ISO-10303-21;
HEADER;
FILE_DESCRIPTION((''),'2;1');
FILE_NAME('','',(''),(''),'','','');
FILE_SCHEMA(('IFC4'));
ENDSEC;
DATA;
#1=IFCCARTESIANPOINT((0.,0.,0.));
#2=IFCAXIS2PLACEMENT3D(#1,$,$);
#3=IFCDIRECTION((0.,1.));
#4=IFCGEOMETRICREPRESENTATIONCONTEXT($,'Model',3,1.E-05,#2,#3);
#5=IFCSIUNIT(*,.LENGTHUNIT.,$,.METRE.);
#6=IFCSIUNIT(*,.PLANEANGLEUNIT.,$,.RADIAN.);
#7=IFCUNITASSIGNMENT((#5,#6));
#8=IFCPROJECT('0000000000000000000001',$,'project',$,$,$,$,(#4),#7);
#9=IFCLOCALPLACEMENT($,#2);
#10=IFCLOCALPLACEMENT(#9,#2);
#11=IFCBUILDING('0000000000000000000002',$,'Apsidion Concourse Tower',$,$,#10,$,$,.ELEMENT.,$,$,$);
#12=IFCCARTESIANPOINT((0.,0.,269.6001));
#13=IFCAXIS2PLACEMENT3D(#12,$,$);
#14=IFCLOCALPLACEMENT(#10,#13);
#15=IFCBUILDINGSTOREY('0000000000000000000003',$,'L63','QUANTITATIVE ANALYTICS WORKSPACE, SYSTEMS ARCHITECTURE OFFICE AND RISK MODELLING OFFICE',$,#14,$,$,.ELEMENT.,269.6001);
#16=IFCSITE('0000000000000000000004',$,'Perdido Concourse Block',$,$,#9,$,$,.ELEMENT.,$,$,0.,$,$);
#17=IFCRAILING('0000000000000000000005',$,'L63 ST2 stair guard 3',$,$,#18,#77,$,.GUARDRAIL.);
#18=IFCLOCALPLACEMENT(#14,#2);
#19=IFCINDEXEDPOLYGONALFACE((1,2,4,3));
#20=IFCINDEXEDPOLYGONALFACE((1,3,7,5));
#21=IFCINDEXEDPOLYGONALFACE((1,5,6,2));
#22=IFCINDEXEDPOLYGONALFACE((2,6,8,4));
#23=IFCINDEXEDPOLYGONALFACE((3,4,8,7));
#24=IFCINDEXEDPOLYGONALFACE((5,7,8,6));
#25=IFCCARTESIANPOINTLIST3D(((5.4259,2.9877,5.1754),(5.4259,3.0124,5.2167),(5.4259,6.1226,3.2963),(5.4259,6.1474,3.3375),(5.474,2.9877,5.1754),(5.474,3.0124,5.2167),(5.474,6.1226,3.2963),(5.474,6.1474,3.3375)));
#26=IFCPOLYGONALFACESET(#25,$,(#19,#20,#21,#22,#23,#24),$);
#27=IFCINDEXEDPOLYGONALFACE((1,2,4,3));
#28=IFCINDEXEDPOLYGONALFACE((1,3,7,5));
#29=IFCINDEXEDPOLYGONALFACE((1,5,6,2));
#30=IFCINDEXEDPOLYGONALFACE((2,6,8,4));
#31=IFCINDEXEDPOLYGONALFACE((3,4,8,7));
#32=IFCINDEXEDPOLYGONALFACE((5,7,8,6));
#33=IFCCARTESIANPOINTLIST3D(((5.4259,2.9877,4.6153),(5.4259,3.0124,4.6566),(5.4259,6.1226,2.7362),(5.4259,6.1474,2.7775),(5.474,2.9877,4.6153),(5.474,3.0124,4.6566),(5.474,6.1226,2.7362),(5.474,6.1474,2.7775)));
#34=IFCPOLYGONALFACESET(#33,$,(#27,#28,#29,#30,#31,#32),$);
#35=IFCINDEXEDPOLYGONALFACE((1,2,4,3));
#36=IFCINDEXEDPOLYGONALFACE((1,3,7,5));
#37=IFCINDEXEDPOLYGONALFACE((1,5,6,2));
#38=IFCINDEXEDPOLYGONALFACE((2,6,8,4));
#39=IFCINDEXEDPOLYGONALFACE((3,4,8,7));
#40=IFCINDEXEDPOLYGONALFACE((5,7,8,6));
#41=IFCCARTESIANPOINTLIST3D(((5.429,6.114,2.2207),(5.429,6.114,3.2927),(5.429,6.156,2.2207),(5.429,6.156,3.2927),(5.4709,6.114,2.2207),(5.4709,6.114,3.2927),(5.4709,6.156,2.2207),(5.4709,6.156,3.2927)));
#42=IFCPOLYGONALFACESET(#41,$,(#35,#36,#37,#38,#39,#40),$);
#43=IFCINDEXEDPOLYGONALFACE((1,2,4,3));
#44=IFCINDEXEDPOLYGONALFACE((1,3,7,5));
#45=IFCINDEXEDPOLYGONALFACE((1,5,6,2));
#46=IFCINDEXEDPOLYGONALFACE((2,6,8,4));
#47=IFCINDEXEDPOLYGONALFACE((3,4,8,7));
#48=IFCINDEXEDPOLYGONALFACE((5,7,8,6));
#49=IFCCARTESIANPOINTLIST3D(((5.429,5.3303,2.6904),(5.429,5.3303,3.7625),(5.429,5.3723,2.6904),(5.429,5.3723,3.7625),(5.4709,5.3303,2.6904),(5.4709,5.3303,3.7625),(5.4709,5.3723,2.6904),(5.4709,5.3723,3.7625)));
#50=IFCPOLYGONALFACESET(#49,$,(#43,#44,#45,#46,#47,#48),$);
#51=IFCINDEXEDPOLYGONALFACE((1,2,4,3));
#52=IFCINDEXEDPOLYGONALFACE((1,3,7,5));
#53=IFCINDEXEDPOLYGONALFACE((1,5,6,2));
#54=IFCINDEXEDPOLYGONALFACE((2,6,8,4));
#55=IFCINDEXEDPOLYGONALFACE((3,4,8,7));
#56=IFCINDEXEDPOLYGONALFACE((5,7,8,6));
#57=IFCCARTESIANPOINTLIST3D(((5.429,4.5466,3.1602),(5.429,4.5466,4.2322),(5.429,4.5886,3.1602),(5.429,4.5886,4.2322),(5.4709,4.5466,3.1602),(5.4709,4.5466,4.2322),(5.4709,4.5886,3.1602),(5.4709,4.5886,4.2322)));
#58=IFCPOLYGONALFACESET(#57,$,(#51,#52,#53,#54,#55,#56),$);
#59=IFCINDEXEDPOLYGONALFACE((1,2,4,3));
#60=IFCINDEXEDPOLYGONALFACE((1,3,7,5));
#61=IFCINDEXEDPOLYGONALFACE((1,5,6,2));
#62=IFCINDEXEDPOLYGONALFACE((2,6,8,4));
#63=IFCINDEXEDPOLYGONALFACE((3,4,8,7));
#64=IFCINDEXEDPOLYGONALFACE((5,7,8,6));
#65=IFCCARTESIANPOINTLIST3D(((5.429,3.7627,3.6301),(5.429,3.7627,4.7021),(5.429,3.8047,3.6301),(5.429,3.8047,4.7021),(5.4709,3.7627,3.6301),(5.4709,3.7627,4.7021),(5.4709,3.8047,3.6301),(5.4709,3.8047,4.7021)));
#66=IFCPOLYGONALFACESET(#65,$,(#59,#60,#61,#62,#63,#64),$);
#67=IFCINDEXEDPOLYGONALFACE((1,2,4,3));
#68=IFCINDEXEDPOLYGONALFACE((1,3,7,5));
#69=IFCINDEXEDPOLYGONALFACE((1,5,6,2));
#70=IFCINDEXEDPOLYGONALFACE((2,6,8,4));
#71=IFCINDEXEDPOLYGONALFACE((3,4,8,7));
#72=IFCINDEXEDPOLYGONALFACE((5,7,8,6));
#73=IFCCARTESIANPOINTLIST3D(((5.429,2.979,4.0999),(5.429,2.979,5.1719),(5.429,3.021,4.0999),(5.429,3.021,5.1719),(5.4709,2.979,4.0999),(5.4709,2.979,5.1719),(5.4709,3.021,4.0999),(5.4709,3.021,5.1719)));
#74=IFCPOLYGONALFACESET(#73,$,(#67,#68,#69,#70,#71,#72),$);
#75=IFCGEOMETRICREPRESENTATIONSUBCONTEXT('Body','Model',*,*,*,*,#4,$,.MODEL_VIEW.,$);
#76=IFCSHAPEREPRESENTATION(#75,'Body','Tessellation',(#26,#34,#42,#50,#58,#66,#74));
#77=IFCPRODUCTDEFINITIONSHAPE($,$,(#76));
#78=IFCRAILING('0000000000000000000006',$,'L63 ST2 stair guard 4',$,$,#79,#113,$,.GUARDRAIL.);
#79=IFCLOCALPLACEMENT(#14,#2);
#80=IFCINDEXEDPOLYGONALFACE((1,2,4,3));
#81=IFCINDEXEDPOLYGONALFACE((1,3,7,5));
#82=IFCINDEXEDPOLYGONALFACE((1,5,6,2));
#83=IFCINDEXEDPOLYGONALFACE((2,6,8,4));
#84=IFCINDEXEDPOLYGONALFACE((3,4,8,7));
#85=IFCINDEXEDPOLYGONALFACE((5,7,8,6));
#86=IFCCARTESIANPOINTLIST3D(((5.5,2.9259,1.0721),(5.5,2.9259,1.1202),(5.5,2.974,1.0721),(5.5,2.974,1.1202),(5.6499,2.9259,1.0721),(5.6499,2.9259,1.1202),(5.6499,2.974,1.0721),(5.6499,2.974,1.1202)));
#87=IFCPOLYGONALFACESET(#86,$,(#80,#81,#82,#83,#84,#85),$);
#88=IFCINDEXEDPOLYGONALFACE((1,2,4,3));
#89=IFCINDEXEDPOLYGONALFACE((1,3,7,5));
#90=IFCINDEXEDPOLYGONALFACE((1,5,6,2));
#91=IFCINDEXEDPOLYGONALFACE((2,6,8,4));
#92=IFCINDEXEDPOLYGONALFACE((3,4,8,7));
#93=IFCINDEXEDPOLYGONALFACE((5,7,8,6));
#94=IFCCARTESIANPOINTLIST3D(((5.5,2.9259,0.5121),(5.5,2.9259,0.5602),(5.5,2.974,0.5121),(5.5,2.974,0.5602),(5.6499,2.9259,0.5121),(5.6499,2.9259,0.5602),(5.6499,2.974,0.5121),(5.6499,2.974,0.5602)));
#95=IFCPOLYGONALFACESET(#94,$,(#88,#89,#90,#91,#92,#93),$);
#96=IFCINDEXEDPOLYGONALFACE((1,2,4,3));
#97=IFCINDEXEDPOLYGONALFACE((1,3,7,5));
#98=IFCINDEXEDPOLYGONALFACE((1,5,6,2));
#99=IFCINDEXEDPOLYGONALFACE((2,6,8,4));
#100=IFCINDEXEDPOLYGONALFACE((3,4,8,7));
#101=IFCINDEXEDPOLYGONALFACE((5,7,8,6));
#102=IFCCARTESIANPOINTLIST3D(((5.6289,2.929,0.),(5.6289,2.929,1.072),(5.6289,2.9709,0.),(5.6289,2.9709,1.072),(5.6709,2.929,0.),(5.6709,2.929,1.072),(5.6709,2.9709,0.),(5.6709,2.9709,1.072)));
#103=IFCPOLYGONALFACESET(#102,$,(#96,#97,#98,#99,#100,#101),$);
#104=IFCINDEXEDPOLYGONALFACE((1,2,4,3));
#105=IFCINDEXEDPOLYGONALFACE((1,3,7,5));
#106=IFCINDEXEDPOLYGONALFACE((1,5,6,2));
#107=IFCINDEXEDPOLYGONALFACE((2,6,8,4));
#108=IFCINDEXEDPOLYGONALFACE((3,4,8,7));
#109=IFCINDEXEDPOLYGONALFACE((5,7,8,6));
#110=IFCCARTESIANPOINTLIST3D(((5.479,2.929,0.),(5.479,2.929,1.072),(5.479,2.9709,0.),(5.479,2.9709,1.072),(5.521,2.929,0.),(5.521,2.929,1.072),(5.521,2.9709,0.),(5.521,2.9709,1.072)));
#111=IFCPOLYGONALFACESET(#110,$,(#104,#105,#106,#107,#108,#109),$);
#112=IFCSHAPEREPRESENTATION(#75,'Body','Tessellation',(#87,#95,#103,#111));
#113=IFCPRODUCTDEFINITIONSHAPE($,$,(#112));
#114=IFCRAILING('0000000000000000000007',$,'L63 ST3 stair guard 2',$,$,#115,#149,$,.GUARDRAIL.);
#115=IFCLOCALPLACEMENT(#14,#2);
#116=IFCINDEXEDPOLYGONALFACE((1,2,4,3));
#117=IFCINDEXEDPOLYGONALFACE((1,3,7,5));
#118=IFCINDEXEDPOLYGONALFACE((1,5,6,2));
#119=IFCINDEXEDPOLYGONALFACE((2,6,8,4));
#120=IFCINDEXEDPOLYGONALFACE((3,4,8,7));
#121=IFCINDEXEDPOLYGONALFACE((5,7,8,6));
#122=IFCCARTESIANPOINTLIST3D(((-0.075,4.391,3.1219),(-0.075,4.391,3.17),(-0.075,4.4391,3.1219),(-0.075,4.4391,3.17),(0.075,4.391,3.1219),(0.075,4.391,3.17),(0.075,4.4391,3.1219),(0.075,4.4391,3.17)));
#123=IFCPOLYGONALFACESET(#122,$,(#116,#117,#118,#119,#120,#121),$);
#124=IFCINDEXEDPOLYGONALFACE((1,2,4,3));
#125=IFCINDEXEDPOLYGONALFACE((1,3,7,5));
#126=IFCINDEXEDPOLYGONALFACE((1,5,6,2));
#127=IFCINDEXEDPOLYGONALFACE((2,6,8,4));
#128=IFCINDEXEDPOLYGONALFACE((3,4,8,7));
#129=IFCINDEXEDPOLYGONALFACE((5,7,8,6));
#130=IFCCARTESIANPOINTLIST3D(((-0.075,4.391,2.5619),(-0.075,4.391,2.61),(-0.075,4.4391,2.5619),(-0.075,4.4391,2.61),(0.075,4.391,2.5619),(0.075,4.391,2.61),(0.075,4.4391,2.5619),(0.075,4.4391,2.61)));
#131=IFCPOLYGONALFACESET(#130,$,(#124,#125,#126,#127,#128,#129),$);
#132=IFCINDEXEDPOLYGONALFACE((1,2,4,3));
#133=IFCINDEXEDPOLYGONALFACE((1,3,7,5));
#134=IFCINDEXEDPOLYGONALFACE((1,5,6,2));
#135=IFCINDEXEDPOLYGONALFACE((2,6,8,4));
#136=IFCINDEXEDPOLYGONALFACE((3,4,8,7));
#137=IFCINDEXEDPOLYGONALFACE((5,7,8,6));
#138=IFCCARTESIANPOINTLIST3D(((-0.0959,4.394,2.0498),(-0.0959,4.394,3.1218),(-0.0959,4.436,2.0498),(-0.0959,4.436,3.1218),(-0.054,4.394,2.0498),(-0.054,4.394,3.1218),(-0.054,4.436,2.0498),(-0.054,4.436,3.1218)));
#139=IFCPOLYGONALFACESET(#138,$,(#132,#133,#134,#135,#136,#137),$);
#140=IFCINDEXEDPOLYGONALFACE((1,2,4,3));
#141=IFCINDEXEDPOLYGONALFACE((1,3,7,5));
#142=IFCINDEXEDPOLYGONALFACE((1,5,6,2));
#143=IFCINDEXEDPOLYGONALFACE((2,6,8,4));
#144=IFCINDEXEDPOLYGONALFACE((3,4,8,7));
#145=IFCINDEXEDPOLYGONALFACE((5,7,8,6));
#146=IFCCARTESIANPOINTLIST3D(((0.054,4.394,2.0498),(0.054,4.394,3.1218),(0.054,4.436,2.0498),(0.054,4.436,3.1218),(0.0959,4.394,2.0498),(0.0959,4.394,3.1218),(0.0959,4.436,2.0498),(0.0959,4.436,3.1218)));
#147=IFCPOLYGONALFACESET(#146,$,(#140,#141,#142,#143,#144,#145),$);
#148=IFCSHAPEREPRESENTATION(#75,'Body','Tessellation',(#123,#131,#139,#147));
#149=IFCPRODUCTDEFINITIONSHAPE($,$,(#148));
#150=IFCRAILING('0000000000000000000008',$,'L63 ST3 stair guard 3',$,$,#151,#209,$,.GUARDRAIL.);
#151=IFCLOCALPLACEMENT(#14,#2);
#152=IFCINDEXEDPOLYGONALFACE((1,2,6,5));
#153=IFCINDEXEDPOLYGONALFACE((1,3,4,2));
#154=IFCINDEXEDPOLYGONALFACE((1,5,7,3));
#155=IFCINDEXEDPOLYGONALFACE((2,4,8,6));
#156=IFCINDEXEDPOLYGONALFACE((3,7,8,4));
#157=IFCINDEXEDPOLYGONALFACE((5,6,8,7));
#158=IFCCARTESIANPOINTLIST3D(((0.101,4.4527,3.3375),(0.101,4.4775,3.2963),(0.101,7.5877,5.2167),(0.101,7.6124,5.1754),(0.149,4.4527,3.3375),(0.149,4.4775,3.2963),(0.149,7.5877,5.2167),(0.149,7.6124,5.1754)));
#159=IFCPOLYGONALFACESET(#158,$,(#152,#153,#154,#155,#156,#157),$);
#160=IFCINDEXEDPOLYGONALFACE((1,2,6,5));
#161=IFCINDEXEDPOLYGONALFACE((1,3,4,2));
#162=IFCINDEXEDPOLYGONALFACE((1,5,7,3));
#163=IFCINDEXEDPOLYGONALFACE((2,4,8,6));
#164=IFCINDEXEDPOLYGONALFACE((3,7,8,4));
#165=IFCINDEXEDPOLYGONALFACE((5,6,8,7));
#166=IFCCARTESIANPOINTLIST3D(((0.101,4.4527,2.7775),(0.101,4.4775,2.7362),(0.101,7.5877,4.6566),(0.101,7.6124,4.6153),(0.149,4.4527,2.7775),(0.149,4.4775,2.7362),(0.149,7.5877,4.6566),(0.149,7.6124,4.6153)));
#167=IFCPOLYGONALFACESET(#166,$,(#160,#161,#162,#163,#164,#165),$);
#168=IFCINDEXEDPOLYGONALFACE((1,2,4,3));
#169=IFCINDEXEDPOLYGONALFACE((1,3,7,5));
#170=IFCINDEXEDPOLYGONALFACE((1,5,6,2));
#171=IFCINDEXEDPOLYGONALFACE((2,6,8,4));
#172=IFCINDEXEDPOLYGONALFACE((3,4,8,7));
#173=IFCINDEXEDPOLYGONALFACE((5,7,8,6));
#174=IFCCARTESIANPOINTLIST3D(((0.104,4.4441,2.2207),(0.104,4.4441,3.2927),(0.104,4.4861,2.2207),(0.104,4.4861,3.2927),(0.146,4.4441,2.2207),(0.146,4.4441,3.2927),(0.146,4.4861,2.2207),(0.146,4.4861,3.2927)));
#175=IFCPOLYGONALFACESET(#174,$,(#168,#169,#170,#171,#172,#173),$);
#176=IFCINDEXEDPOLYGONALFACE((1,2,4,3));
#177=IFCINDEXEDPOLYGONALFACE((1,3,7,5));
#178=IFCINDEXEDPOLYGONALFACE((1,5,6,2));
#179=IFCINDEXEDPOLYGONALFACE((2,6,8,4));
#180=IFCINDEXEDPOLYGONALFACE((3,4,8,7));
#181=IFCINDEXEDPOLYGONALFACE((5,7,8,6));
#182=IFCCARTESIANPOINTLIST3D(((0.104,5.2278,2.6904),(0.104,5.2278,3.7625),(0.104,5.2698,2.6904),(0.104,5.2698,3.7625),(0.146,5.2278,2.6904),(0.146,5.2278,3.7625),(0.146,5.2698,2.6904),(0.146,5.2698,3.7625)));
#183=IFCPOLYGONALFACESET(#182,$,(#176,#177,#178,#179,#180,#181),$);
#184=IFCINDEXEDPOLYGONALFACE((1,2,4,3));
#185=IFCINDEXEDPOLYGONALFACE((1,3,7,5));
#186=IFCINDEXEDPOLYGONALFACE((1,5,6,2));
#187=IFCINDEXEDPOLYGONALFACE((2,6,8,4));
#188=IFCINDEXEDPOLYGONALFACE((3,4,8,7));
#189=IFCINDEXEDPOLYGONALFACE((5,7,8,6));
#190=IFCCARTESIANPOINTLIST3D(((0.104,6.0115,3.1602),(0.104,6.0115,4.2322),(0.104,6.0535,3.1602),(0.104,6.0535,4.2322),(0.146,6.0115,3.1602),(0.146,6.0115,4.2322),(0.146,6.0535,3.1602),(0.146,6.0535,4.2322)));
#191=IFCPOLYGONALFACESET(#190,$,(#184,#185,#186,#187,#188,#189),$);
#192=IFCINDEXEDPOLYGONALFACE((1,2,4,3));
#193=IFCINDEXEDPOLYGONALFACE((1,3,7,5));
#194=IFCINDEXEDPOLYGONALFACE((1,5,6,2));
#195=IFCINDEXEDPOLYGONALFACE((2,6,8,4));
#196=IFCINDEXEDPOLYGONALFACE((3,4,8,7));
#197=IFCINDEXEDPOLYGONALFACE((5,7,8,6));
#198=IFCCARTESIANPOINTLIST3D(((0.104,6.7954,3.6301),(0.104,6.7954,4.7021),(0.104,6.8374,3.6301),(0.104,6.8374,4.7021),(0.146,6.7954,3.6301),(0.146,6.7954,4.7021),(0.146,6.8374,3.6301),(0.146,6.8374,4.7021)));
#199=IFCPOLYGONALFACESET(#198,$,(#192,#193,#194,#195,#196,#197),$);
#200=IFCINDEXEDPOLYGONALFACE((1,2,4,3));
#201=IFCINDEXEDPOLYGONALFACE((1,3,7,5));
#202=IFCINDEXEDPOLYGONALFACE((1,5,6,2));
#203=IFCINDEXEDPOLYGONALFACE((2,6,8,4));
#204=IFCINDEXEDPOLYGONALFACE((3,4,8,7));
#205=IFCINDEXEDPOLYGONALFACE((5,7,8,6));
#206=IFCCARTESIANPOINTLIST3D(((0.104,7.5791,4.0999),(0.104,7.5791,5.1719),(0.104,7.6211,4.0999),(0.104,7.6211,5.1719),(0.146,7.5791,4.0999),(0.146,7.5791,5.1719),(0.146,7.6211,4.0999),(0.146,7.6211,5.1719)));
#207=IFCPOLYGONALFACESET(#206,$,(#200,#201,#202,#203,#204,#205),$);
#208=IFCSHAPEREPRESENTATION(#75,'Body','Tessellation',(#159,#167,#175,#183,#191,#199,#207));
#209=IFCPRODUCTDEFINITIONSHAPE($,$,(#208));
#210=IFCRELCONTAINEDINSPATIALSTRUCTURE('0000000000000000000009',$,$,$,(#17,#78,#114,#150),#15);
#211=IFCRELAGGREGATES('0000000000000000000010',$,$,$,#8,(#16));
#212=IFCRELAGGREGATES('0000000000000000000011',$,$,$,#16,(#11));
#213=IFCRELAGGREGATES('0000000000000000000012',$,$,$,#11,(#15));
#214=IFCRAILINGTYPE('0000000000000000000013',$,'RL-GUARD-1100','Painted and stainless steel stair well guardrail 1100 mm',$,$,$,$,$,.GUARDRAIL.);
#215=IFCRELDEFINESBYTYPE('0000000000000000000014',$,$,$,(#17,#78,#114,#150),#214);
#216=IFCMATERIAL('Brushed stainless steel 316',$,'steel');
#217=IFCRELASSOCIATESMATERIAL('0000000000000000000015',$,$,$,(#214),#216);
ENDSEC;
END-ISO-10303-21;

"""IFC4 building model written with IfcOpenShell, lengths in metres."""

from ifc_helpers import new_model, si_unit, direction, frame, origin, origin_2d, place, context, subcontext, project, spatial, rectangle, extrude, material, type_object, element, save


model = new_model("IFC4")

# Units and contexts
model_context = context("Model", 3, precision=1e-05, world=origin(), true_north=direction((0.0, 1.0)))
body_context = subcontext(model_context, "Body", "Model", "MODEL_VIEW")
ifc_project = project(units=[si_unit("LENGTHUNIT", "METRE"), si_unit("PLANEANGLEUNIT", "RADIAN")], contexts=[model_context])

# Site, building, storey
site_placement = place(None, origin())
site = spatial("IfcSite", under=ifc_project, at=site_placement, Name="Perdido Concourse Block", CompositionType="ELEMENT", RefElevation=0.0)
building_placement = place(site_placement, origin())
building = spatial("IfcBuilding", under=site, at=building_placement, Name="Apsidion Concourse Tower", CompositionType="ELEMENT")
storey_placement = place(building_placement, frame((0.0, 0.0, 269.6001)))
storey = spatial("IfcBuildingStorey", under=building, at=storey_placement, Name="L63", Description="QUANTITATIVE ANALYTICS WORKSPACE, SYSTEMS ARCHITECTURE OFFICE AND RISK MODELLING OFFICE", CompositionType="ELEMENT", Elevation=269.6001)

# Railings
ifc_material_1 = material(Name="Brushed stainless steel 316", Category="steel")
railing_type_1 = type_object("IfcRailingType", Name="RL-GUARD-1100", Description="Painted and stainless steel stair well guardrail 1100 mm", PredefinedType="GUARDRAIL", material=ifc_material_1)
railing_1_placement = place(storey_placement, frame((5.45, 6.135, 2.2207)))
element("IfcRailing", 1, at=railing_1_placement, inside=storey, type_object=railing_type_1, Name="L63 ST2 stair guard 3", PredefinedType="GUARDRAIL", context=body_context, shape_type="SweptSolid", body=[
    extrude(rectangle(XDim=0.0481, YDim=0.0481, at=origin_2d()), frame((0.0, 0.0, 1.0962), z_axis=(0.0, -0.857717, 0.514122), x_axis=(1.0, 0.0, 0.0)), (0.0, 0.0, 1.0), 3.655),
    extrude(rectangle(XDim=0.0481, YDim=0.0481, at=origin_2d()), frame((0.0, 0.0, 0.5361), z_axis=(0.0, -0.857717, 0.514122), x_axis=(1.0, 0.0, 0.0)), (0.0, 0.0, 1.0), 3.655),
    extrude(rectangle(XDim=0.042, YDim=0.042, at=origin_2d()), origin(), (0.0, 0.0, 1.0), 1.072),
    extrude(rectangle(XDim=0.042, YDim=0.042, at=origin_2d()), frame((0.0, -0.7837, 0.4697)), (0.0, 0.0, 1.0), 1.072),
    extrude(rectangle(XDim=0.042, YDim=0.042, at=origin_2d()), frame((0.0, -1.5674, 0.9395)), (0.0, 0.0, 1.0), 1.072),
    extrude(rectangle(XDim=0.042, YDim=0.042, at=origin_2d()), frame((0.0, -2.3513, 1.4094)), (0.0, 0.0, 1.0), 1.072),
    extrude(rectangle(XDim=0.042, YDim=0.042, at=origin_2d()), frame((0.0, -3.135, 1.8792)), (0.0, 0.0, 1.0), 1.072),
])
railing_2_placement = place(storey_placement, frame((5.6499, 2.95, 0.0)))
element("IfcRailing", 2, at=railing_2_placement, inside=storey, type_object=railing_type_1, Name="L63 ST2 stair guard 4", PredefinedType="GUARDRAIL", context=body_context, shape_type="SweptSolid", body=[
    extrude(rectangle(XDim=0.0481, YDim=0.0481, at=origin_2d()), frame((0.0, 0.0, 1.0962), z_axis=(-1.0, 0.0, 0.0), x_axis=(0.0, -1.0, 0.0)), (0.0, 0.0, 1.0), 0.1499),
    extrude(rectangle(XDim=0.0481, YDim=0.0481, at=origin_2d()), frame((0.0, 0.0, 0.5361), z_axis=(-1.0, 0.0, 0.0), x_axis=(0.0, -1.0, 0.0)), (0.0, 0.0, 1.0), 0.1499),
    extrude(rectangle(XDim=0.042, YDim=0.042, at=origin_2d()), origin(), (0.0, 0.0, 1.0), 1.072),
    extrude(rectangle(XDim=0.042, YDim=0.042, at=origin_2d()), frame((-0.1499, 0.0, 0.0)), (0.0, 0.0, 1.0), 1.072),
])
railing_3_placement = place(storey_placement, frame((-0.075, 4.415, 2.0498)))
element("IfcRailing", 3, at=railing_3_placement, inside=storey, type_object=railing_type_1, Name="L63 ST3 stair guard 2", PredefinedType="GUARDRAIL", context=body_context, shape_type="SweptSolid", body=[
    extrude(rectangle(XDim=0.0481, YDim=0.0481, at=origin_2d()), frame((0.0, 0.0, 1.0962), z_axis=(1.0, 0.0, 0.0), x_axis=(0.0, 1.0, 0.0)), (0.0, 0.0, 1.0), 0.1499),
    extrude(rectangle(XDim=0.0481, YDim=0.0481, at=origin_2d()), frame((0.0, 0.0, 0.5361), z_axis=(1.0, 0.0, 0.0), x_axis=(0.0, 1.0, 0.0)), (0.0, 0.0, 1.0), 0.1499),
    extrude(rectangle(XDim=0.042, YDim=0.042, at=origin_2d()), origin(), (0.0, 0.0, 1.0), 1.072),
    extrude(rectangle(XDim=0.042, YDim=0.042, at=origin_2d()), frame((0.1499, 0.0, 0.0)), (0.0, 0.0, 1.0), 1.072),
])
railing_4_placement = place(storey_placement, frame((0.125, 4.4651, 2.2207)))
element("IfcRailing", 4, at=railing_4_placement, inside=storey, type_object=railing_type_1, Name="L63 ST3 stair guard 3", PredefinedType="GUARDRAIL", context=body_context, shape_type="SweptSolid", body=[
    extrude(rectangle(XDim=0.0481, YDim=0.0481, at=origin_2d()), frame((0.0, 0.0, 1.0962), z_axis=(0.0, 0.857717, 0.514122), x_axis=(-1.0, 0.0, 0.0)), (0.0, 0.0, 1.0), 3.655),
    extrude(rectangle(XDim=0.0481, YDim=0.0481, at=origin_2d()), frame((0.0, 0.0, 0.5361), z_axis=(0.0, 0.857717, 0.514122), x_axis=(-1.0, 0.0, 0.0)), (0.0, 0.0, 1.0), 3.655),
    extrude(rectangle(XDim=0.042, YDim=0.042, at=origin_2d()), origin(), (0.0, 0.0, 1.0), 1.072),
    extrude(rectangle(XDim=0.042, YDim=0.042, at=origin_2d()), frame((0.0, 0.7837, 0.4697)), (0.0, 0.0, 1.0), 1.072),
    extrude(rectangle(XDim=0.042, YDim=0.042, at=origin_2d()), frame((0.0, 1.5674, 0.9395)), (0.0, 0.0, 1.0), 1.072),
    extrude(rectangle(XDim=0.042, YDim=0.042, at=origin_2d()), frame((0.0, 2.3513, 1.4094)), (0.0, 0.0, 1.0), 1.072),
    extrude(rectangle(XDim=0.042, YDim=0.042, at=origin_2d()), frame((0.0, 3.135, 1.8792)), (0.0, 0.0, 1.0), 1.072),
])

save(model, "model.ifc")
